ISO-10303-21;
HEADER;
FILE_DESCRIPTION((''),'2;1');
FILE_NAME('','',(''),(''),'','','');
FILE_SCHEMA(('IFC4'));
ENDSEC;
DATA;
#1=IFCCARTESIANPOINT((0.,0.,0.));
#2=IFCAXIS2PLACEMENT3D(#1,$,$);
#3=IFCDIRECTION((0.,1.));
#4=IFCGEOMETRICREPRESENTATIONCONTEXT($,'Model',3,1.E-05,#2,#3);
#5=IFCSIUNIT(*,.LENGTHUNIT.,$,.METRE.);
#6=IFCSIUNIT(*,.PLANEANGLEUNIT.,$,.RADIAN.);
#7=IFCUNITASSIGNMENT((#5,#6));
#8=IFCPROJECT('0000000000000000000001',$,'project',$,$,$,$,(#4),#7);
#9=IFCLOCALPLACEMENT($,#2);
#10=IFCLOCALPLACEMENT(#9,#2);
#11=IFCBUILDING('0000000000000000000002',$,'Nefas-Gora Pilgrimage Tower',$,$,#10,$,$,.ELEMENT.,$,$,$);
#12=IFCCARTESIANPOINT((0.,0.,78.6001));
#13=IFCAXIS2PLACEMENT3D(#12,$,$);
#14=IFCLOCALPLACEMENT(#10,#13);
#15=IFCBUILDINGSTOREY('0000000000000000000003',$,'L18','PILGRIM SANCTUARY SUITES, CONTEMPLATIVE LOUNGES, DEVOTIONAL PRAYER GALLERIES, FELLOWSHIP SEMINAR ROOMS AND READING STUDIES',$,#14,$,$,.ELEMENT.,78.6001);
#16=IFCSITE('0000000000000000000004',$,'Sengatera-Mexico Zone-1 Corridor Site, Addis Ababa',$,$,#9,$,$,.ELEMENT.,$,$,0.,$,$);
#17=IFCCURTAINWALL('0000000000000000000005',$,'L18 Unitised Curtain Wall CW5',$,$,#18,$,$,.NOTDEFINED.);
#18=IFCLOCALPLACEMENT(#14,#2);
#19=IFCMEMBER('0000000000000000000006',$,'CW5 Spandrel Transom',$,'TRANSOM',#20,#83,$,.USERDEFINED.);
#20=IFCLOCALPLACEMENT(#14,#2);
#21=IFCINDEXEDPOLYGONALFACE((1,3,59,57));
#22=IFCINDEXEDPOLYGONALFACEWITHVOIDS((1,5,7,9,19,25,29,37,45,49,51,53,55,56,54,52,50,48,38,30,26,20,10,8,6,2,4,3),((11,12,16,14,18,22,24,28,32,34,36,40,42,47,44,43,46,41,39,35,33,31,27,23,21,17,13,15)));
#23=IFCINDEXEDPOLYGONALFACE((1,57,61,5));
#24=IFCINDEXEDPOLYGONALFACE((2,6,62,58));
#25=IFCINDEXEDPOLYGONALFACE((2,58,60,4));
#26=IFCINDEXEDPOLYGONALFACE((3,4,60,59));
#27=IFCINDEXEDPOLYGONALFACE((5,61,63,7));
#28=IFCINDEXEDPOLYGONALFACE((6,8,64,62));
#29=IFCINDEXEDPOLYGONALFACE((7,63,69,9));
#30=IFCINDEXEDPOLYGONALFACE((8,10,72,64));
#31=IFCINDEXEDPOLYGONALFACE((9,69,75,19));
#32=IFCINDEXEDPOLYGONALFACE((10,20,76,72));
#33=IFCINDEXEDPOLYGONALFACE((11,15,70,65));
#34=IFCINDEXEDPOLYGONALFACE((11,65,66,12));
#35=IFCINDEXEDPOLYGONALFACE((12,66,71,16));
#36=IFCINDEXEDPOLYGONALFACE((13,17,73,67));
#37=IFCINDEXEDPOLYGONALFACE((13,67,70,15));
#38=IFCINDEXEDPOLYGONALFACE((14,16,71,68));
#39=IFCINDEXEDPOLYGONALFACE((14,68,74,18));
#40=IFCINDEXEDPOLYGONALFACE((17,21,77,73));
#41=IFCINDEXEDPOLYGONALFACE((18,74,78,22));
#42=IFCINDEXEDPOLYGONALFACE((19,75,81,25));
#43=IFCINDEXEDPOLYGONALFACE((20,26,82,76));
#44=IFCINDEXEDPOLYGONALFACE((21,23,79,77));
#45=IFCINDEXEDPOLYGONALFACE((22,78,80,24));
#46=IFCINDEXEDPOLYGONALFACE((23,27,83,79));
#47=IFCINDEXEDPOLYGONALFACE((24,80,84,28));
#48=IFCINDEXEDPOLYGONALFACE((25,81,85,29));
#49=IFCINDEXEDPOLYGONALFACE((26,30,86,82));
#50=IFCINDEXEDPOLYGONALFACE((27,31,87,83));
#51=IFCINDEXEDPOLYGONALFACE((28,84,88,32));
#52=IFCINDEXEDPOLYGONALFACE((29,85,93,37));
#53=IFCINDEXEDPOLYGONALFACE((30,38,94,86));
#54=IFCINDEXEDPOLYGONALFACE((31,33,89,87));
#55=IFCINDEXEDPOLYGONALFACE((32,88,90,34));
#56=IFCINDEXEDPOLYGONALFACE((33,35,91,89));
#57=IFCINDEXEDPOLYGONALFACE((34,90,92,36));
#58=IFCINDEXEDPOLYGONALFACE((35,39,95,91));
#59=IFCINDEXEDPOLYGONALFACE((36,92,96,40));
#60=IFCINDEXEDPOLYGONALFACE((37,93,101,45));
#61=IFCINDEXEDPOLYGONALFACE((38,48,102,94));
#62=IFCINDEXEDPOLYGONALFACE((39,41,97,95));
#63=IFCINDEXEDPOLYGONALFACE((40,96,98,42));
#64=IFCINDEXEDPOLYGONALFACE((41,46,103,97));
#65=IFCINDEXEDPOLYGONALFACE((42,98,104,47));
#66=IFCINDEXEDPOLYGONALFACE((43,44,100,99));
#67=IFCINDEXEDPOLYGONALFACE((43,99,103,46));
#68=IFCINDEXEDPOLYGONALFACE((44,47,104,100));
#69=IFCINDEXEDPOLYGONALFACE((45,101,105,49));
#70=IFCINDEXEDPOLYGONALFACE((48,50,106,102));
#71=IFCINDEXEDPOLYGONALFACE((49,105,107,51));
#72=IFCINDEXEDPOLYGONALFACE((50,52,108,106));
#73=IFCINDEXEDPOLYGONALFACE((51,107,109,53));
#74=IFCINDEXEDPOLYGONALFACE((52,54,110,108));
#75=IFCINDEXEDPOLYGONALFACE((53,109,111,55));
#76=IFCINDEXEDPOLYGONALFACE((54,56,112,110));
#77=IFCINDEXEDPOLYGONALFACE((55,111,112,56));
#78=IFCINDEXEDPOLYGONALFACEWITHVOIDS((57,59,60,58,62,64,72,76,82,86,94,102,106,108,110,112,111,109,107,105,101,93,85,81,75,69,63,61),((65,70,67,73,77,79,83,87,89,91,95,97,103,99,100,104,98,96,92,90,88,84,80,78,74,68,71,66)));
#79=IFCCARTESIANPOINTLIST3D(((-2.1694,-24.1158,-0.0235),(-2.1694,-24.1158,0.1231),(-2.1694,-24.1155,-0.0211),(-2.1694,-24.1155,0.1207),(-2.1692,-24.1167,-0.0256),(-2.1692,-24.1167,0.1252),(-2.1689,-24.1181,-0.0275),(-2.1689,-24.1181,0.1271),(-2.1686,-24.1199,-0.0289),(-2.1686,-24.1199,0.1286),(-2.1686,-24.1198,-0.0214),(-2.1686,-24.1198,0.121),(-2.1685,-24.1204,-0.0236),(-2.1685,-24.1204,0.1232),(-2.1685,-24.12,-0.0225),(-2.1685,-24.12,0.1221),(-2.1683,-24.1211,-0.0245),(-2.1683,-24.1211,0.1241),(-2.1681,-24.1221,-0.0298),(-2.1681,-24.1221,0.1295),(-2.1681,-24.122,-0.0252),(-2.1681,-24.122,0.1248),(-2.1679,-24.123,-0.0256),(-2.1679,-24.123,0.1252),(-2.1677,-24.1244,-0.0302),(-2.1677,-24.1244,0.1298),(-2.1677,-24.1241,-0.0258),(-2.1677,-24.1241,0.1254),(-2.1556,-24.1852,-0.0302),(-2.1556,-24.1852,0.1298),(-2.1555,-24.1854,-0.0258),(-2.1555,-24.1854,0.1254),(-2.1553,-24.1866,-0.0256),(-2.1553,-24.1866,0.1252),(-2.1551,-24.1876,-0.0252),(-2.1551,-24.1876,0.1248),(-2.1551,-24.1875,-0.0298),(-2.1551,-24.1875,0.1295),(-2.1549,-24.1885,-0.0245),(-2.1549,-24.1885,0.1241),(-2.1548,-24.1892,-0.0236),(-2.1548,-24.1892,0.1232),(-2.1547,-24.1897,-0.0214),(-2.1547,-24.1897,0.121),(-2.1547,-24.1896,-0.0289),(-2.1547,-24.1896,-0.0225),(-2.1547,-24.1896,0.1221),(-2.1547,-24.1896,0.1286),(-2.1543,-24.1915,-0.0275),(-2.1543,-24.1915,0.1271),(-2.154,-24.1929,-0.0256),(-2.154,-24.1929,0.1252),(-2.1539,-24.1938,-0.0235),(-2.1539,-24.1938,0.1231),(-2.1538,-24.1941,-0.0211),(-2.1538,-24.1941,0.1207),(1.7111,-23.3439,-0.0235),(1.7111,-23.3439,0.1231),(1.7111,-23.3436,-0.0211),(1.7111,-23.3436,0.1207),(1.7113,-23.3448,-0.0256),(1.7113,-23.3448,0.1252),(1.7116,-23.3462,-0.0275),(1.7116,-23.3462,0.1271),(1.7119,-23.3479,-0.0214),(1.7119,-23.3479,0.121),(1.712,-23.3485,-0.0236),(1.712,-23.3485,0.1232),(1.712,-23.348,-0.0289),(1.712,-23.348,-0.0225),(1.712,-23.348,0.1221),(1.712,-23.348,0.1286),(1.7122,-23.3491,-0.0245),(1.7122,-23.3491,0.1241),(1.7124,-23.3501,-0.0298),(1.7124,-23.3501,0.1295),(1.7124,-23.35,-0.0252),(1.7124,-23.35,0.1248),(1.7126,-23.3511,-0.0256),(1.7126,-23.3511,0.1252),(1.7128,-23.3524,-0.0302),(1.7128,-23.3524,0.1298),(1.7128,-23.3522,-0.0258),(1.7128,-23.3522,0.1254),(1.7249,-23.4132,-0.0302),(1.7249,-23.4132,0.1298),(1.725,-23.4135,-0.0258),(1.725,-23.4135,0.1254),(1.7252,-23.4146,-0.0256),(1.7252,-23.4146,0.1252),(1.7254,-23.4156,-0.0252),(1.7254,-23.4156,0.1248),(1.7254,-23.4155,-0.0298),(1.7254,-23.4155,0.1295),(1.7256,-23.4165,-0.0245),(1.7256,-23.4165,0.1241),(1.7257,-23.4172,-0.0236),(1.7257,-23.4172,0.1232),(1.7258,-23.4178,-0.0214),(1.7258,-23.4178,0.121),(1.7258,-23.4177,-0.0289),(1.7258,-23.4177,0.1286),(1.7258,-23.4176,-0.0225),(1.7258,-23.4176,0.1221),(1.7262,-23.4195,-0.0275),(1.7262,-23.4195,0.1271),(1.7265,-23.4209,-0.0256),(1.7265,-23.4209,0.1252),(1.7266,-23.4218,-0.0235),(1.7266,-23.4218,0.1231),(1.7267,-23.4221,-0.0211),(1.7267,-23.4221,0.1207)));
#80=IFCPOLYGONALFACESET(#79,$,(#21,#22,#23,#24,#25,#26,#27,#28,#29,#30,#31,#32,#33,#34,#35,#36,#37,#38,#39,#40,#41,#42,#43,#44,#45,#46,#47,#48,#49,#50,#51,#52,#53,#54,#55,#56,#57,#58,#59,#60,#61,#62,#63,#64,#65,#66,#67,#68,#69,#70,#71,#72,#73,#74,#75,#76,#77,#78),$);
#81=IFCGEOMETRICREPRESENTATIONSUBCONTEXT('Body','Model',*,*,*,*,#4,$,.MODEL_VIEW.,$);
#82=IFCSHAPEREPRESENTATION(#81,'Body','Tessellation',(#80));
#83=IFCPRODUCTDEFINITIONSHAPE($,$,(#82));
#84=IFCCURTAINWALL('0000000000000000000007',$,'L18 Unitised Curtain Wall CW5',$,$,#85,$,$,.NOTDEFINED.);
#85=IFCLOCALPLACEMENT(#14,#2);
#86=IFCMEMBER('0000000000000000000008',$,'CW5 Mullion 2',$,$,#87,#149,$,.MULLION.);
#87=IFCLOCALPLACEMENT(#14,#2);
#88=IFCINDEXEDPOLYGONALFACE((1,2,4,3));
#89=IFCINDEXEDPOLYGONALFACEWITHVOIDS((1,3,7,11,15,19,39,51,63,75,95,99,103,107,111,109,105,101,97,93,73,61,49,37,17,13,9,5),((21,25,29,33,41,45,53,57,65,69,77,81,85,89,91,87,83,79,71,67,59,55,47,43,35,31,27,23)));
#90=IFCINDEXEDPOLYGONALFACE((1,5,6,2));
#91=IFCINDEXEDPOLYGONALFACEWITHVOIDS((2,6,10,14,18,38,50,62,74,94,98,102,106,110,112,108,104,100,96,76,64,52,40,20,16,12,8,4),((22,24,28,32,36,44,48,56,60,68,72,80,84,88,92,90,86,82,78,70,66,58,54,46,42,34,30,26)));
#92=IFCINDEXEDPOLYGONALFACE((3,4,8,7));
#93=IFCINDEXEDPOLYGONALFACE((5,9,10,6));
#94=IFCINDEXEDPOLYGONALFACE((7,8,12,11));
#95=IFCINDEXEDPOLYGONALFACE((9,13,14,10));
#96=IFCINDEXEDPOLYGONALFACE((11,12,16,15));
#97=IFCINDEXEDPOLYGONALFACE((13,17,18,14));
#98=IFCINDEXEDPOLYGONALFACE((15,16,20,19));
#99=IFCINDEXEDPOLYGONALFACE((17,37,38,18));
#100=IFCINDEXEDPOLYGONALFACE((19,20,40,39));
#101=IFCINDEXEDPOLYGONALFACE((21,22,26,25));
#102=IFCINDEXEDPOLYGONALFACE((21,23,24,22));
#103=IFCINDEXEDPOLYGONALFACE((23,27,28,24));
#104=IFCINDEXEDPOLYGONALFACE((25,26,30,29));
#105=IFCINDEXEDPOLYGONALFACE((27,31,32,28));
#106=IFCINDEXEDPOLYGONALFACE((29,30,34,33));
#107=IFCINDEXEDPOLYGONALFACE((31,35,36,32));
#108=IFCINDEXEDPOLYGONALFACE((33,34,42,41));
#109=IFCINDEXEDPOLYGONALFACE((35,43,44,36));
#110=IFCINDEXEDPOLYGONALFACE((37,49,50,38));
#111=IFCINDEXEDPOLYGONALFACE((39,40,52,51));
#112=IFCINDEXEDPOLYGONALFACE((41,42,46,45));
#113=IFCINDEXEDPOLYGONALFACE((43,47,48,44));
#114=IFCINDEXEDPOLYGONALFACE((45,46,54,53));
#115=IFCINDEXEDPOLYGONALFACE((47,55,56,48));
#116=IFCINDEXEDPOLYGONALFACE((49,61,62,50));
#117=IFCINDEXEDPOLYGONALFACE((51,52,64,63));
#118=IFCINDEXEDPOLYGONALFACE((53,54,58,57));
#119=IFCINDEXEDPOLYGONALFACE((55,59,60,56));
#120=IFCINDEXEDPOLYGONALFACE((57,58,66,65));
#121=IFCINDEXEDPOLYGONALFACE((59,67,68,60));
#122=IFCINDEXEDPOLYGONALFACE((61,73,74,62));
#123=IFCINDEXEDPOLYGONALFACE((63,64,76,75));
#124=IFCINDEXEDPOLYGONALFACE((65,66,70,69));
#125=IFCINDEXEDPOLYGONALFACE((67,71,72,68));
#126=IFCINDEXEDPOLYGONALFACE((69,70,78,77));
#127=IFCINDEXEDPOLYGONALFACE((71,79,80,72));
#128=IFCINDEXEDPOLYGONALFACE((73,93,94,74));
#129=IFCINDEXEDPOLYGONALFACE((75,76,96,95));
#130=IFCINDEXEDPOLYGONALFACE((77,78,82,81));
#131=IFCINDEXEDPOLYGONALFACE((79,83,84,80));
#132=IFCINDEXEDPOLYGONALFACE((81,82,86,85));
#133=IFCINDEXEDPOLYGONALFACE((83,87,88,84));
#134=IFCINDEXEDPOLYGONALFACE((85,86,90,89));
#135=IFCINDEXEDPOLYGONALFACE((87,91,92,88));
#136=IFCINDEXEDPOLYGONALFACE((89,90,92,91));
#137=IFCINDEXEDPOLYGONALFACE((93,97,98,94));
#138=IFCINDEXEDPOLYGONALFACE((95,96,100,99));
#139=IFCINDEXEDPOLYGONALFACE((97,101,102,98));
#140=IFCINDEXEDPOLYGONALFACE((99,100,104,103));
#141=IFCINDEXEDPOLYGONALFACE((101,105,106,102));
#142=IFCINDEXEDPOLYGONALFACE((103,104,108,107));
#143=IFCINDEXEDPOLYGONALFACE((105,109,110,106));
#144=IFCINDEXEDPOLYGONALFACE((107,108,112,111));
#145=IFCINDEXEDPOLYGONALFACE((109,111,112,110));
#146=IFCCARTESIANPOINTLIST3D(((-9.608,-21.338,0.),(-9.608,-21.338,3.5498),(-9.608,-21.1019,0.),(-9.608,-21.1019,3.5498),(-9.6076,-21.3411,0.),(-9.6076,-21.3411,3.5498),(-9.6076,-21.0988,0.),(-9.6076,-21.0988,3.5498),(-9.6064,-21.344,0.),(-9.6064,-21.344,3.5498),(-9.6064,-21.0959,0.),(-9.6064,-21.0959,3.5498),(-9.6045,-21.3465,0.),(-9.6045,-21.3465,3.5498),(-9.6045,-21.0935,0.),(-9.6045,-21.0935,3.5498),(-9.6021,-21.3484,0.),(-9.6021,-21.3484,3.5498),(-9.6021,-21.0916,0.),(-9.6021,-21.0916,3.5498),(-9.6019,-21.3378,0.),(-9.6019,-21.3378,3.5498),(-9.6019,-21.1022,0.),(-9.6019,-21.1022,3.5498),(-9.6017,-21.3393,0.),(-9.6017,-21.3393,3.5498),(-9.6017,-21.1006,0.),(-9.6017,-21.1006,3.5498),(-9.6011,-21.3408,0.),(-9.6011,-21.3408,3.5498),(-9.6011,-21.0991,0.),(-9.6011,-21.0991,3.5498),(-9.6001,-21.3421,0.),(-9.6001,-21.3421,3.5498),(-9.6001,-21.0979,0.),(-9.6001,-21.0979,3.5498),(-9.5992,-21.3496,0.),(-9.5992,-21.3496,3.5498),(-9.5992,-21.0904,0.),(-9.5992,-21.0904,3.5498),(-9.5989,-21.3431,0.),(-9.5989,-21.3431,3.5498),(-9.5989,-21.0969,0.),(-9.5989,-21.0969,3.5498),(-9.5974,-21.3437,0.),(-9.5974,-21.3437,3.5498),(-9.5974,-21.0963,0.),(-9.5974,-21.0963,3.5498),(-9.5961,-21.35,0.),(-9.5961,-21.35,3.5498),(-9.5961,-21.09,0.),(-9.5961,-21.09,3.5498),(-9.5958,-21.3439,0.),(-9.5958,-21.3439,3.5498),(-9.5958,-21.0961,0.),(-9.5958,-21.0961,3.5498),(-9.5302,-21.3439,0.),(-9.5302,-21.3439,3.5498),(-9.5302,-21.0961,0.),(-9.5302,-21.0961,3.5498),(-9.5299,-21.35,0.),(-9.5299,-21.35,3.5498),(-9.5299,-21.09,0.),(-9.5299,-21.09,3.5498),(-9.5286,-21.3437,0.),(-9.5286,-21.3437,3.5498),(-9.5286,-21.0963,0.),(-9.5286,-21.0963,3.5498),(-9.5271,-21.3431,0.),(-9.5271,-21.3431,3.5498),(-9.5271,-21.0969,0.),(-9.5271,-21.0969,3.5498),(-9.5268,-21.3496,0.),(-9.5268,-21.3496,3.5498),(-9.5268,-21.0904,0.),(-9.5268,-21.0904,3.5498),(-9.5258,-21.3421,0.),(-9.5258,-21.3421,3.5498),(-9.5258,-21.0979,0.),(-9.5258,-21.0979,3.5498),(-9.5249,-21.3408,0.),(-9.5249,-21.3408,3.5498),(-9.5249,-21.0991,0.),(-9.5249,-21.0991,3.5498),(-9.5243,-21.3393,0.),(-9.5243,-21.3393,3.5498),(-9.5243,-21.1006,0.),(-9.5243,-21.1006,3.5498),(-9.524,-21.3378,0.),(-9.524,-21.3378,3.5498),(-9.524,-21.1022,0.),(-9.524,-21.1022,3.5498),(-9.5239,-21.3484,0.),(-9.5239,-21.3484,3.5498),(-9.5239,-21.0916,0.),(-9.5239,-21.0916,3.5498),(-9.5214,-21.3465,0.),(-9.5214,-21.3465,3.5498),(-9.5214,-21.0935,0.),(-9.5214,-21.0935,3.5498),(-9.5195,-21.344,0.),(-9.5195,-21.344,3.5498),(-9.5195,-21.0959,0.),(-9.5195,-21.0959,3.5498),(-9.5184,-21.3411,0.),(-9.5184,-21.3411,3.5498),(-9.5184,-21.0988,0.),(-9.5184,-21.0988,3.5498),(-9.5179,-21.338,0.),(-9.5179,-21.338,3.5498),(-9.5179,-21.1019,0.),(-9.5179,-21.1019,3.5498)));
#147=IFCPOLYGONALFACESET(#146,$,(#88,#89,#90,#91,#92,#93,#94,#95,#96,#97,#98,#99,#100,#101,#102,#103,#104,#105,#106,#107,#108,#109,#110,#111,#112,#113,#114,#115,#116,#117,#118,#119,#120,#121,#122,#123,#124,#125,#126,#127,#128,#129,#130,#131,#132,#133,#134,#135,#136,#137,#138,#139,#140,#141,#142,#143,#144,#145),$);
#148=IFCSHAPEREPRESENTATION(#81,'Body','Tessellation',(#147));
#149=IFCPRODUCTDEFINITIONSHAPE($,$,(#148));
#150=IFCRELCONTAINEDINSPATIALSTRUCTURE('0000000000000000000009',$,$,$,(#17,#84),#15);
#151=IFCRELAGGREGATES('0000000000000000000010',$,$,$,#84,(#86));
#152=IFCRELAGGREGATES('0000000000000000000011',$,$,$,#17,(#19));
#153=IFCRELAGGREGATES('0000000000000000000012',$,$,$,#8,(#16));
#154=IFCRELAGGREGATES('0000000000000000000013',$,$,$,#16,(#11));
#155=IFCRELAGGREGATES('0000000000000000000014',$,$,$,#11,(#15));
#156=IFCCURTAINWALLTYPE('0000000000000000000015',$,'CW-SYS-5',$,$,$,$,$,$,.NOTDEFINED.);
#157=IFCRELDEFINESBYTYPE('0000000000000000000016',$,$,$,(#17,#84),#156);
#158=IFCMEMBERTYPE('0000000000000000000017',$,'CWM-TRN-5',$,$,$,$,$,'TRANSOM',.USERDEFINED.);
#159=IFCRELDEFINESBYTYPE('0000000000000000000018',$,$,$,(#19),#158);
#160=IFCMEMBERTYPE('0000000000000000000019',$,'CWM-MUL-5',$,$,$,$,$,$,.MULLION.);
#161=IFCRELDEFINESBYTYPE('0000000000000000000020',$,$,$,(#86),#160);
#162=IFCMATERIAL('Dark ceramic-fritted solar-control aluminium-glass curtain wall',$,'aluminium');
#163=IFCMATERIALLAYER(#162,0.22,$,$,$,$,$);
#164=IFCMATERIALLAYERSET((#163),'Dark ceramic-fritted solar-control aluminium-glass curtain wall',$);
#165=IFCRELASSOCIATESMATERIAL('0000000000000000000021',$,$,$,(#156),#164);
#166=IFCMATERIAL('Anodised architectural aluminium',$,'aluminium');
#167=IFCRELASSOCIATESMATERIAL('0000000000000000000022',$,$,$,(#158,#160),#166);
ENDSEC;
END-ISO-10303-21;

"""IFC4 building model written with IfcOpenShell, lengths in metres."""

from ifc_helpers import new_model, si_unit, direction, frame, origin, origin_2d, place, context, subcontext, project, spatial, hollow_rectangle, extrude, source, transform, mapped, material, layer, layer_set, material_profile, profile_set, type_object, element, aggregate, save


model = new_model("IFC4")

# Units and contexts
model_context = context("Model", 3, precision=1e-05, world=origin(), true_north=direction((0.0, 1.0)))
body_context = subcontext(model_context, "Body", "Model", "MODEL_VIEW")
ifc_project = project(units=[si_unit("LENGTHUNIT", "METRE"), si_unit("PLANEANGLEUNIT", "RADIAN")], contexts=[model_context])

# Site, building, storey
site_placement = place(None, origin())
site = spatial("IfcSite", under=ifc_project, at=site_placement, Name="Sengatera-Mexico Zone-1 Corridor Site, Addis Ababa", CompositionType="ELEMENT", RefElevation=0.0)
building_placement = place(site_placement, origin())
building = spatial("IfcBuilding", under=site, at=building_placement, Name="Nefas-Gora Pilgrimage Tower", CompositionType="ELEMENT")
storey_placement = place(building_placement, frame((0.0, 0.0, 78.6001)))
storey = spatial("IfcBuildingStorey", under=building, at=storey_placement, Name="L18", Description="PILGRIM SANCTUARY SUITES, CONTEMPLATIVE LOUNGES, DEVOTIONAL PRAYER GALLERIES, FELLOWSHIP SEMINAR ROOMS AND READING STUDIES", CompositionType="ELEMENT", Elevation=78.6001)

# Curtain walls, members
ifc_material_1 = material(Name="Dark ceramic-fritted solar-control aluminium-glass curtain wall", Category="aluminium")
ifc_layer_1 = layer(ifc_material_1, 0.22)
ifc_layer_set_1 = layer_set([ifc_layer_1], Name="Dark ceramic-fritted solar-control aluminium-glass curtain wall")
curtain_wall_type = type_object("IfcCurtainWallType", Name="CW-SYS-5", PredefinedType="NOTDEFINED", material=ifc_layer_set_1)
curtain_wall_1_placement = place(storey_placement, origin())
curtain_wall_1 = element("IfcCurtainWall", 1, at=curtain_wall_1_placement, inside=storey, type_object=curtain_wall_type, Name="L18 Unitised Curtain Wall CW5", PredefinedType="NOTDEFINED")
ifc_material_2 = material(Name="Anodised architectural aluminium", Category="aluminium")
ifc_material_profile_1 = material_profile(ifc_material_2, hollow_rectangle(XDim=0.0801, YDim=0.1599, WallThickness=0.0044, InnerFilletRadius=0.0044, OuterFilletRadius=0.009, at=origin_2d()), Name="ALU TRANSOM 80x160")
ifc_profile_set_1 = profile_set([ifc_material_profile_1], Name="Anodised architectural aluminium")
member_type_1 = type_object("IfcMemberType", Name="CWM-TRN-5", ElementType="TRANSOM", PredefinedType="USERDEFINED", material=ifc_profile_set_1)
shared_shape_1 = source(origin(), body_context, "Body", "SweptSolid", [
    extrude(hollow_rectangle(XDim=0.0801, YDim=0.1599, WallThickness=0.0044, InnerFilletRadius=0.0044, OuterFilletRadius=0.009, at=origin_2d()), origin(), (0.0, 0.0, 1.0), 3.9565),
])
member_1_placement = place(storey_placement, frame((-2.1616, -24.1548, 0.0498), z_axis=(0.980782, 0.195107, 0.0), x_axis=(-0.195107, 0.980782, 0.0)))
member_1 = element("IfcMember", 2, at=member_1_placement, type_object=member_type_1, Name="CW5 Spandrel Transom", ObjectType="TRANSOM", PredefinedType="USERDEFINED", context=body_context, shape_type="MappedRepresentation", body=[
    mapped(shared_shape_1, transform((0.0, 0.0, 0.0), x_axis=(1.0, 0.0, 0.0), y_axis=(0.0, 1.0, 0.0), z_axis=(0.0, 0.0, 1.0), scale=1.0)),
])
curtain_wall_2_placement = place(storey_placement, origin())
curtain_wall_2 = element("IfcCurtainWall", 3, at=curtain_wall_2_placement, inside=storey, type_object=curtain_wall_type, Name="L18 Unitised Curtain Wall CW5", PredefinedType="NOTDEFINED")
ifc_material_profile_2 = material_profile(ifc_material_2, hollow_rectangle(XDim=0.0901, YDim=0.26, WallThickness=0.0061, InnerFilletRadius=0.0061, OuterFilletRadius=0.012, at=origin_2d()), Name="ALU MULLION 90x260")
ifc_profile_set_2 = profile_set([ifc_material_profile_2], Name="Anodised architectural aluminium")
member_type_2 = type_object("IfcMemberType", Name="CWM-MUL-5", PredefinedType="MULLION", material=ifc_profile_set_2)
shared_shape_2 = source(origin(), body_context, "Body", "SweptSolid", [
    extrude(hollow_rectangle(XDim=0.0901, YDim=0.26, WallThickness=0.0061, InnerFilletRadius=0.0061, OuterFilletRadius=0.012, at=origin_2d()), origin(), (0.0, 0.0, 1.0), 3.5498),
])
member_2_placement = place(storey_placement, frame((-9.563, -21.22, 0.0), z_axis=(0.0, 0.0, 1.0), x_axis=(1.0, 0.0, 0.0)))
member_2 = element("IfcMember", 4, at=member_2_placement, type_object=member_type_2, Name="CW5 Mullion 2", PredefinedType="MULLION", context=body_context, shape_type="MappedRepresentation", body=[
    mapped(shared_shape_2, transform((0.0, 0.0, 0.0), x_axis=(1.0, 0.0, 0.0), y_axis=(0.0, 1.0, 0.0), z_axis=(0.0, 0.0, 1.0), scale=1.0)),
])
aggregate(curtain_wall_2, [member_2])

aggregate(curtain_wall_1, [member_1])

save(model, "model.ifc")
